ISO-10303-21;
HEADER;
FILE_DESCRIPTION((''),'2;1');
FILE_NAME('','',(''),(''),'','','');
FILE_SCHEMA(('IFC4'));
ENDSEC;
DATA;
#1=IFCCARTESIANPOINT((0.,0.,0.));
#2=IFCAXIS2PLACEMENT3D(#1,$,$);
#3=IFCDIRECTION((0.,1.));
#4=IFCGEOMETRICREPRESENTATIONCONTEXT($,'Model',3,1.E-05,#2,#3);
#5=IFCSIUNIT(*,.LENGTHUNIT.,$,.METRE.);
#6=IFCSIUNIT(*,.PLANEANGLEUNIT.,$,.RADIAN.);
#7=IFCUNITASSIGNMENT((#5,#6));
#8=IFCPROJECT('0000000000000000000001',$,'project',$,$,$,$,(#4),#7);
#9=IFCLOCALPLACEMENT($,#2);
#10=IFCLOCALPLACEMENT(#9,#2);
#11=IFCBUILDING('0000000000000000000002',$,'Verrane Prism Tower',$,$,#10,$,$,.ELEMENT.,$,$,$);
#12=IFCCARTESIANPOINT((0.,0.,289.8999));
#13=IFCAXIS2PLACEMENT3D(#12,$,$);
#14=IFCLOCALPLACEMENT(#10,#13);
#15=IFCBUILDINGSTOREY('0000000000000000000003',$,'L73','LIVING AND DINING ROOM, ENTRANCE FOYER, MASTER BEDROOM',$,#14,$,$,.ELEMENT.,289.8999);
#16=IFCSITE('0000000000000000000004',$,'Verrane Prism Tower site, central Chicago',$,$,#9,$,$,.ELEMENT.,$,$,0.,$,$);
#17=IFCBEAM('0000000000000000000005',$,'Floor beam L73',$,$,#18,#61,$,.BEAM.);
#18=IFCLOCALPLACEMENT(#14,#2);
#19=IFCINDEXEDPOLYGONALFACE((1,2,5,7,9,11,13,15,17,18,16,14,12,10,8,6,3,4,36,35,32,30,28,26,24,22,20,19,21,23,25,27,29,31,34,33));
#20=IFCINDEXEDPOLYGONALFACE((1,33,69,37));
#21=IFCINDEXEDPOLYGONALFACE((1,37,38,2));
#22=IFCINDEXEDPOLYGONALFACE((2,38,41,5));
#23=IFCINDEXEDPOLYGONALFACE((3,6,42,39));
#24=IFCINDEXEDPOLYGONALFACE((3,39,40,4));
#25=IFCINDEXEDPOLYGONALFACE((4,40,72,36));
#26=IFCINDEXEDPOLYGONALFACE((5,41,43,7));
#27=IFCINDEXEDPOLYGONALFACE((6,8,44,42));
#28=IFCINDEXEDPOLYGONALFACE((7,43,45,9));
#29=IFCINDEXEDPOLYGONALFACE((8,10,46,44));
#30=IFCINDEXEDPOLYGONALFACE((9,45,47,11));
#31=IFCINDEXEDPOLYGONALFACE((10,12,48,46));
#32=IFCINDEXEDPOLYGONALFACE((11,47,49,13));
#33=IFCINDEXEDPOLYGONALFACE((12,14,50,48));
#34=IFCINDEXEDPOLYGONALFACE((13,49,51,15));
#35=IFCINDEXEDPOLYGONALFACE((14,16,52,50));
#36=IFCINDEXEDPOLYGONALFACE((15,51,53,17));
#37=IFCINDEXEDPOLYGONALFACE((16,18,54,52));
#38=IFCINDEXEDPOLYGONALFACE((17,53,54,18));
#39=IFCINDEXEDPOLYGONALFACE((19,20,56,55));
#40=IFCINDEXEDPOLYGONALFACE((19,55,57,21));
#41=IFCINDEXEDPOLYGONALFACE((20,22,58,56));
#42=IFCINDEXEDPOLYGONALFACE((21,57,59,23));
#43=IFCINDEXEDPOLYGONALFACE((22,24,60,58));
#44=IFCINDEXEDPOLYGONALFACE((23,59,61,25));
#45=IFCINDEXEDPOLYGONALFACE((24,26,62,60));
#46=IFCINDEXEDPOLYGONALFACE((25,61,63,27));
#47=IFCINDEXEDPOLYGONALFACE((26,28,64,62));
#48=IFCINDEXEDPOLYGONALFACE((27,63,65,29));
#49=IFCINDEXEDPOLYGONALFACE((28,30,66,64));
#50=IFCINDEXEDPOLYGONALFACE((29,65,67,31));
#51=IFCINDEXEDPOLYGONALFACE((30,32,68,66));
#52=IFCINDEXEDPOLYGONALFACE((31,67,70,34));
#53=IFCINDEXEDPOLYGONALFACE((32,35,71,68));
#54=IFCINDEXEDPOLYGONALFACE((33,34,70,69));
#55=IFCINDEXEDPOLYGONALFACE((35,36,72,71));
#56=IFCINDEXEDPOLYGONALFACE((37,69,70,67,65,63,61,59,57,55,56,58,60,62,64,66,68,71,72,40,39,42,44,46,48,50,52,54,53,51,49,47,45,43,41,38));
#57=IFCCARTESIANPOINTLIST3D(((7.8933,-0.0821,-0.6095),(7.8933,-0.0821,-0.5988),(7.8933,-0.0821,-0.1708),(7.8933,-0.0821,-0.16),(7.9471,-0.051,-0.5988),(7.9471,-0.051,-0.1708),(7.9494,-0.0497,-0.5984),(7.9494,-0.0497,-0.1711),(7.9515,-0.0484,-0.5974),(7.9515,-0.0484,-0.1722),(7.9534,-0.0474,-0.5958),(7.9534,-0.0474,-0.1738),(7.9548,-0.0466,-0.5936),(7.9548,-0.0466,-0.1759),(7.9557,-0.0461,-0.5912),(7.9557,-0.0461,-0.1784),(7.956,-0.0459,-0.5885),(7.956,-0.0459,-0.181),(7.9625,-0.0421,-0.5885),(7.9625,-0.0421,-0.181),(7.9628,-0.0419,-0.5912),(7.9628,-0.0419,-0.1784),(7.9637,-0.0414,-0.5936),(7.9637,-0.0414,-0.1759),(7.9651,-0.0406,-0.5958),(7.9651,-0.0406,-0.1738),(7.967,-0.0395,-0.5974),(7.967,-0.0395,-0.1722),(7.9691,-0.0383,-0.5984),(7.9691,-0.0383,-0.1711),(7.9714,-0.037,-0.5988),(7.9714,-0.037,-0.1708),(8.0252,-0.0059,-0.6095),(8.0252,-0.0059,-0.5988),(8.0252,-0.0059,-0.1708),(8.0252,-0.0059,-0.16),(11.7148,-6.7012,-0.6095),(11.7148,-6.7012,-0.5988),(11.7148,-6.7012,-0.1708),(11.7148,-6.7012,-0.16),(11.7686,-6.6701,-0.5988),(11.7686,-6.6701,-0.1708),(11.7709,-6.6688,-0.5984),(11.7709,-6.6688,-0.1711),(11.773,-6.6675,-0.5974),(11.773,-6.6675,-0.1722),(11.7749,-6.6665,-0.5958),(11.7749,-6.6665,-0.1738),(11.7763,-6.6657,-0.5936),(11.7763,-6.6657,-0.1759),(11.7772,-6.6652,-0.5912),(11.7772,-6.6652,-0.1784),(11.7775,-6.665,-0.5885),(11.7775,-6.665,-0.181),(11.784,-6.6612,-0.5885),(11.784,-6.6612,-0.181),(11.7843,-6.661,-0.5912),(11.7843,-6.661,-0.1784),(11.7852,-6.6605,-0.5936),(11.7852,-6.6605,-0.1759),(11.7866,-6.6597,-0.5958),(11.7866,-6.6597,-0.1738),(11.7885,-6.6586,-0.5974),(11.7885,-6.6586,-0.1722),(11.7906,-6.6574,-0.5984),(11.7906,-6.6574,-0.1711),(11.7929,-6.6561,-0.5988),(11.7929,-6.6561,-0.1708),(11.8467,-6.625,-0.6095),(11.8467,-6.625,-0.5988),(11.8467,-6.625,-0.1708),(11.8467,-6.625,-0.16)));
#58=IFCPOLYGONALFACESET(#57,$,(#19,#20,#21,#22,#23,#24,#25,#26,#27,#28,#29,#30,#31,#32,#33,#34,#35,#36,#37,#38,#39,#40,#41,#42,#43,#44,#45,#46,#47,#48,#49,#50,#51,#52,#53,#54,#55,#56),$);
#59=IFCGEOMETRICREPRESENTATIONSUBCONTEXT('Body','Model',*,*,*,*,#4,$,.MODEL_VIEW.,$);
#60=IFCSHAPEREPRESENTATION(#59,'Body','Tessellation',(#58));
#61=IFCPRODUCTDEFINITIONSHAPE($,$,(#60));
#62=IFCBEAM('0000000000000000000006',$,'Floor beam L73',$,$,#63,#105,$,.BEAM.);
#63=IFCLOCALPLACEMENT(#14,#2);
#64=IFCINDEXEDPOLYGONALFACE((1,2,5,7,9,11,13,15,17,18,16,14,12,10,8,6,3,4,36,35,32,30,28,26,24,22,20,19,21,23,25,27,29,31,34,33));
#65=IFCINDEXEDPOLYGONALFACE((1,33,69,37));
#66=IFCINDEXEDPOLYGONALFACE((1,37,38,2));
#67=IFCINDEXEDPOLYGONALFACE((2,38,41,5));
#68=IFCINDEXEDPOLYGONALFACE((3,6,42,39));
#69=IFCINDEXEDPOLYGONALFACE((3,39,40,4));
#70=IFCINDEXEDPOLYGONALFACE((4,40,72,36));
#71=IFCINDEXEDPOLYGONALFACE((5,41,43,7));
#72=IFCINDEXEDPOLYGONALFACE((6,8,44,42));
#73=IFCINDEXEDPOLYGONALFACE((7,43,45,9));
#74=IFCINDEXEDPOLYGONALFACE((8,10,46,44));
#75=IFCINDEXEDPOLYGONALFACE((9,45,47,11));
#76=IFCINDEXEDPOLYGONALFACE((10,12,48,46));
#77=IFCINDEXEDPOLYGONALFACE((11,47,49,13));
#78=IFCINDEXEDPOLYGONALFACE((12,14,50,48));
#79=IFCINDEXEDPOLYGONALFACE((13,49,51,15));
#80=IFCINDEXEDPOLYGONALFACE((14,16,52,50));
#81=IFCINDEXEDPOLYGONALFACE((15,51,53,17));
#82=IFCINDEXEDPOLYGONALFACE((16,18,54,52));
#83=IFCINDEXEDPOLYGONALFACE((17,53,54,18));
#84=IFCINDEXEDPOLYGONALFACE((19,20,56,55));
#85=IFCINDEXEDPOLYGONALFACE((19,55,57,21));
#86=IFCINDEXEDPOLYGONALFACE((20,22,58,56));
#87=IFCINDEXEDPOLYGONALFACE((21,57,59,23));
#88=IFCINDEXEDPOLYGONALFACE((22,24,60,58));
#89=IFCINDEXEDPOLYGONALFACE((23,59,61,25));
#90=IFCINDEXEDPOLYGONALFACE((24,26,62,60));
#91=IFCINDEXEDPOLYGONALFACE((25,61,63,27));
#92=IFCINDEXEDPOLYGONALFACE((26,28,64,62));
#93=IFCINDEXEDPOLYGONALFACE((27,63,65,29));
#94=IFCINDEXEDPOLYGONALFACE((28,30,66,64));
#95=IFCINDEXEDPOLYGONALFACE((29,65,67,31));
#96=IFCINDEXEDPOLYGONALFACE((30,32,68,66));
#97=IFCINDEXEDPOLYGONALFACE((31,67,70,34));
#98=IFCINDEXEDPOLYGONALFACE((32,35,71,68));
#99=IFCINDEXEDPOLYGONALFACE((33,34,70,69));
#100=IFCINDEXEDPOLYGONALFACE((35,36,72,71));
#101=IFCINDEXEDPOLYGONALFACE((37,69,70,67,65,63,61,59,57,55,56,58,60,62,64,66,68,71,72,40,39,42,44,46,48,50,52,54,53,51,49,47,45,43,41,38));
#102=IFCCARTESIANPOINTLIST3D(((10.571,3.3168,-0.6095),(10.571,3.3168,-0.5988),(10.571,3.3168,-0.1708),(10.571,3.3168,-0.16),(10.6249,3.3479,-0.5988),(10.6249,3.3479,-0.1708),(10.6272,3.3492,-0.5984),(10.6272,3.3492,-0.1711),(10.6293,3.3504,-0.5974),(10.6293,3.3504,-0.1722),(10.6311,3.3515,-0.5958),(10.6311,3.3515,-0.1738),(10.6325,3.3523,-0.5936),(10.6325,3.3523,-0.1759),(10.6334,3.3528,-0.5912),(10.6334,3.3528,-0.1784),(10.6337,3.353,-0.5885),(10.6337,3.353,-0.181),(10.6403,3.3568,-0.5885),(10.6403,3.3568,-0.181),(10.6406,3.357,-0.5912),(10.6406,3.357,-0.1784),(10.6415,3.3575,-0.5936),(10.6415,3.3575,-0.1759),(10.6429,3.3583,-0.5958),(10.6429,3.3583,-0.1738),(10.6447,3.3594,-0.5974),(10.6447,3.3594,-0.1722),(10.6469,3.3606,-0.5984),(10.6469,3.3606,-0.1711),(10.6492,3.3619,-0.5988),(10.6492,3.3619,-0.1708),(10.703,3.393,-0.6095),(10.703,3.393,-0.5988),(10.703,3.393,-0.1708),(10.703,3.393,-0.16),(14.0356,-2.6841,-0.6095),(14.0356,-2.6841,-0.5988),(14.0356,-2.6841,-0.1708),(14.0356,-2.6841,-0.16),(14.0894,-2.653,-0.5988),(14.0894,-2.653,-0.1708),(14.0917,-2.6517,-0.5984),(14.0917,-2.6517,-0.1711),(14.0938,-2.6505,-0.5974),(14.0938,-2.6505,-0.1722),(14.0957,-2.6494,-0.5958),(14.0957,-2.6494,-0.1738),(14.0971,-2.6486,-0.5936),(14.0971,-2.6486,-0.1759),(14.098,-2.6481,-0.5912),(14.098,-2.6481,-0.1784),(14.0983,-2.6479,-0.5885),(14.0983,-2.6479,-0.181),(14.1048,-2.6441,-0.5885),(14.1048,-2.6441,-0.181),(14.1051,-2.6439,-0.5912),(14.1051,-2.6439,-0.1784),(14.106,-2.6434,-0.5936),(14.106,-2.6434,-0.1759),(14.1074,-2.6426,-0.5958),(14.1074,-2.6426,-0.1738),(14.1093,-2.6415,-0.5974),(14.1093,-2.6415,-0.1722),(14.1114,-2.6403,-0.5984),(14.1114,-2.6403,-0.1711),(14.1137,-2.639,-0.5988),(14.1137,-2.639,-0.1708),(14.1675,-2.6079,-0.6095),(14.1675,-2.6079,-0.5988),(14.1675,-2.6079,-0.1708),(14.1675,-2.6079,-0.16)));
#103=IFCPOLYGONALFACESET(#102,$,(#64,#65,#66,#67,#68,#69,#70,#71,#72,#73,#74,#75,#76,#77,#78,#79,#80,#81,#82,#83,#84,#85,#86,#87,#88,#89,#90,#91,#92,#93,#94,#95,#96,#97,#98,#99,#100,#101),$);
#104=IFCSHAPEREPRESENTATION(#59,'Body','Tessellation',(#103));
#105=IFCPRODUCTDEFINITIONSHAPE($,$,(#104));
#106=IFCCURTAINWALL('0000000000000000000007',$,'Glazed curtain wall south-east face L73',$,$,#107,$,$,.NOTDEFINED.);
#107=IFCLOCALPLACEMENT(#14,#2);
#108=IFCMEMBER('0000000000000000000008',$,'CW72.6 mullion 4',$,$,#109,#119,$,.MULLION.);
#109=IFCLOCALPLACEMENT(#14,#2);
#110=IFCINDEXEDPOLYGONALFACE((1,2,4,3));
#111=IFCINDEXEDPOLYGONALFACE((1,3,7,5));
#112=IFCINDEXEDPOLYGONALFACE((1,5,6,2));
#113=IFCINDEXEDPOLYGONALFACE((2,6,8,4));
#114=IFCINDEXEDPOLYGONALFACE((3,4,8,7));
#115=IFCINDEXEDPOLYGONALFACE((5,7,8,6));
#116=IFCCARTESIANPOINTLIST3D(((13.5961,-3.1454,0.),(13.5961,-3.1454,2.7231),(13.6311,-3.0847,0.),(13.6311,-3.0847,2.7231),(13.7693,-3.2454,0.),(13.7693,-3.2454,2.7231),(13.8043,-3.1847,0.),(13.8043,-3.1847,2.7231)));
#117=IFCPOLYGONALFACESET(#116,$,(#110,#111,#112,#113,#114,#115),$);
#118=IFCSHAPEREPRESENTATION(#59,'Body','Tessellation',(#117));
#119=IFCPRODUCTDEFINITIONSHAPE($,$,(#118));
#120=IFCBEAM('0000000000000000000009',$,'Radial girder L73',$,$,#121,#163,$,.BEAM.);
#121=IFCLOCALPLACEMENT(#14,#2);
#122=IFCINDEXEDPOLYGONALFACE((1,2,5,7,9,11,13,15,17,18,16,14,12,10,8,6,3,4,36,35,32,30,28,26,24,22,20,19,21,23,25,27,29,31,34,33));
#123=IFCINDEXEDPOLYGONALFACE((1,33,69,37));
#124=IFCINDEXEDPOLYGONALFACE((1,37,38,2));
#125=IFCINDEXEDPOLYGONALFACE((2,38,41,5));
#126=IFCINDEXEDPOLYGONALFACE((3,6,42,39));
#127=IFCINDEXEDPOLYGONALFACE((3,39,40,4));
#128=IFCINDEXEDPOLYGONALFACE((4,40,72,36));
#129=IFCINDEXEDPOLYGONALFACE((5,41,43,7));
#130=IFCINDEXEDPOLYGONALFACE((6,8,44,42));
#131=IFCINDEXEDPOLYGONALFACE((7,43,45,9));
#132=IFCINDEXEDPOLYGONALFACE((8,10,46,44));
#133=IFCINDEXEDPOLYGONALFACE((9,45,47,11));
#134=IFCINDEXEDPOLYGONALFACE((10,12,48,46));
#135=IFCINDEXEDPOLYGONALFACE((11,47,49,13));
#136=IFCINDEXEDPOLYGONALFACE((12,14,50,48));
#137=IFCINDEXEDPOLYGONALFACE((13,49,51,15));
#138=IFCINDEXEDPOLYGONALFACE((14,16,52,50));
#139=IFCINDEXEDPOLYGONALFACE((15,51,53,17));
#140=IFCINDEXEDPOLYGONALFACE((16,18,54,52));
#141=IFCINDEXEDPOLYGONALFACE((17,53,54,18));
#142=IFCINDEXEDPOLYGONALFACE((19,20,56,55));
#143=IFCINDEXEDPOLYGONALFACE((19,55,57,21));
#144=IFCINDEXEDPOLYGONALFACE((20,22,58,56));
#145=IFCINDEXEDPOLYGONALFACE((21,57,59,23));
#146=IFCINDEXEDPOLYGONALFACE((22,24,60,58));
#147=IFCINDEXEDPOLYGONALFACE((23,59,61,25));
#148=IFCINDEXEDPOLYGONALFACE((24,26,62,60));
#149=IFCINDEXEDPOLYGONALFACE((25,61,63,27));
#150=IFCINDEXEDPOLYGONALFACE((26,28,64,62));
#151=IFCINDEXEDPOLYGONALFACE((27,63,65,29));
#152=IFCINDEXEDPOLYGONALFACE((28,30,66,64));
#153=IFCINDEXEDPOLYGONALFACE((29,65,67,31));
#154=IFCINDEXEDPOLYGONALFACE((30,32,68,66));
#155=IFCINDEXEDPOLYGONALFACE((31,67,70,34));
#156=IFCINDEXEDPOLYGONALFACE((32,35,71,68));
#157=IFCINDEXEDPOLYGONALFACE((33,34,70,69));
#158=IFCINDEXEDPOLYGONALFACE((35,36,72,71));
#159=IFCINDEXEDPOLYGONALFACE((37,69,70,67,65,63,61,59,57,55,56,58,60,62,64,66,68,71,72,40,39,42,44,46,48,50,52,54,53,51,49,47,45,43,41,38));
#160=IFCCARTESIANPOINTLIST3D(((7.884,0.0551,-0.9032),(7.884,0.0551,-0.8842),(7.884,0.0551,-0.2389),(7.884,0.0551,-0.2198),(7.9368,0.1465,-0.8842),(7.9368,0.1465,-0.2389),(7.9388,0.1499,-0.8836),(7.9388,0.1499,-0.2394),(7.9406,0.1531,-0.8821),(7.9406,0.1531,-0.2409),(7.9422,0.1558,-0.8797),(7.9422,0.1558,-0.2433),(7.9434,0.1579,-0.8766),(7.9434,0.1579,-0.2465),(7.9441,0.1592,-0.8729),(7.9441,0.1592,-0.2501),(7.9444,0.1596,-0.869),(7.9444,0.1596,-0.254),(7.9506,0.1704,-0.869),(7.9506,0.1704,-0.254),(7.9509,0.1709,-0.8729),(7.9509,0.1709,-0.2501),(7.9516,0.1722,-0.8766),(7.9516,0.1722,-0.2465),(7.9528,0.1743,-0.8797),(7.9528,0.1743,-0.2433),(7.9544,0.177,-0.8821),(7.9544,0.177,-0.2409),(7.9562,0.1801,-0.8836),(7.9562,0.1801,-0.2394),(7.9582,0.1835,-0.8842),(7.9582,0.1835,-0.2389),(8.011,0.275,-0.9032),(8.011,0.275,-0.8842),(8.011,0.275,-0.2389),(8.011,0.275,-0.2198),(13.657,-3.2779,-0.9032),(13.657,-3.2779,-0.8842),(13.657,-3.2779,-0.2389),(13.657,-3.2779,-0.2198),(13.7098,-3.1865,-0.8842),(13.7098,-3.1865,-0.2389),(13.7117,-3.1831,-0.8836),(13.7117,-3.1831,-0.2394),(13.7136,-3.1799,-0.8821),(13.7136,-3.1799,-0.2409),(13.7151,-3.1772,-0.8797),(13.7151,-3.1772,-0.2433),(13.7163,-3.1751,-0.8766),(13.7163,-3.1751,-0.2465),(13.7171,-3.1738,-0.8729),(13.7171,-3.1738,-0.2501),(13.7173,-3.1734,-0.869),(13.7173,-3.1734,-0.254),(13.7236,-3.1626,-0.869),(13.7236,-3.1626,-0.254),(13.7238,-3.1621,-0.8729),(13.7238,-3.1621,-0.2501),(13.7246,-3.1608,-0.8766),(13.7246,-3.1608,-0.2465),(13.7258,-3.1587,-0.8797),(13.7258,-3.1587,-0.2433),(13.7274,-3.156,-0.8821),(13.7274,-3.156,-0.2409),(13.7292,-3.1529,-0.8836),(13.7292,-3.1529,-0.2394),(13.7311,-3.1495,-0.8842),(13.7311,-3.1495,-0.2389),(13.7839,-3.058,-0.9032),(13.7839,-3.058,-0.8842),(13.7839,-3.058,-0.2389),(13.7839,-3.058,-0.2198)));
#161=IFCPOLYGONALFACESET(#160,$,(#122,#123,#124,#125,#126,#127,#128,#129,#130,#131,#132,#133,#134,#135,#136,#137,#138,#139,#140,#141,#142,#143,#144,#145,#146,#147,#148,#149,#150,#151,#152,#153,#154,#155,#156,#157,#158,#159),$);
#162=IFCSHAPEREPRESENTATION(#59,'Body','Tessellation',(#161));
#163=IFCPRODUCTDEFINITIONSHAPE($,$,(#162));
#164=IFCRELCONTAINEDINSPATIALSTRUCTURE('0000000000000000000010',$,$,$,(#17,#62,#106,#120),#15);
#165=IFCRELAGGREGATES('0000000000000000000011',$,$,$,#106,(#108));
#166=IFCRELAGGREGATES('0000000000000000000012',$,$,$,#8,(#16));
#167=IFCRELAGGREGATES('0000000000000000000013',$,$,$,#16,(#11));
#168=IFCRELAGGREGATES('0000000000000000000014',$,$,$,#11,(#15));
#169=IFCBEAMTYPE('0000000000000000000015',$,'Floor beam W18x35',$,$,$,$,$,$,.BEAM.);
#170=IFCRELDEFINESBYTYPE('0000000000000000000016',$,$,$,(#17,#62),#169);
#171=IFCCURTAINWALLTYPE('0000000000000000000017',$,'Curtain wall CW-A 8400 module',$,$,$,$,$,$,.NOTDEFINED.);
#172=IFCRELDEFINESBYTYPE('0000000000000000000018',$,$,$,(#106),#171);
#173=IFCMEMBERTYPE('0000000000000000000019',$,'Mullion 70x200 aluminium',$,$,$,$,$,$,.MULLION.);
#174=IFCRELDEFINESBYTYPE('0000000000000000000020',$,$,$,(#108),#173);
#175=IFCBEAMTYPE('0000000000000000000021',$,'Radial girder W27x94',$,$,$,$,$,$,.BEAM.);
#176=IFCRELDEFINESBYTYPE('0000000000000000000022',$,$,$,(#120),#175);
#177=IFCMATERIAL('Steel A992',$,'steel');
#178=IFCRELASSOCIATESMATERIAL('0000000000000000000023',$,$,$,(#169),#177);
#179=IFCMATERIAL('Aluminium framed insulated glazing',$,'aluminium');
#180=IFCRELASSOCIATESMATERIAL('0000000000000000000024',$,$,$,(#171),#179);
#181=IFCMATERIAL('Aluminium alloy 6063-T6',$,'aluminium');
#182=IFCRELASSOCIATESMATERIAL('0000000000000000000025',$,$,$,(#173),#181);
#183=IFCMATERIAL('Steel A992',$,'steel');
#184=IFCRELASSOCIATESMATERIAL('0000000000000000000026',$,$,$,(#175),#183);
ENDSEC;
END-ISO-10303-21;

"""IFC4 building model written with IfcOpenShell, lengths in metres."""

from ifc_helpers import new_model, si_unit, direction, frame, origin, origin_2d, place, context, subcontext, project, spatial, rectangle, i_section, extrude, material, material_profile, profile_set, type_object, element, aggregate, save


model = new_model("IFC4")

# Units and contexts
model_context = context("Model", 3, precision=1e-05, world=origin(), true_north=direction((0.0, 1.0)))
body_context = subcontext(model_context, "Body", "Model", "MODEL_VIEW")
ifc_project = project(units=[si_unit("LENGTHUNIT", "METRE"), si_unit("PLANEANGLEUNIT", "RADIAN")], contexts=[model_context])

# Site, building, storey
site_placement = place(None, origin())
site = spatial("IfcSite", under=ifc_project, at=site_placement, Name="Verrane Prism Tower site, central Chicago", CompositionType="ELEMENT", RefElevation=0.0)
building_placement = place(site_placement, origin())
building = spatial("IfcBuilding", under=site, at=building_placement, Name="Verrane Prism Tower", CompositionType="ELEMENT")
storey_placement = place(building_placement, frame((0.0, 0.0, 289.8999)))
storey = spatial("IfcBuildingStorey", under=building, at=storey_placement, Name="L73", Description="LIVING AND DINING ROOM, ENTRANCE FOYER, MASTER BEDROOM", CompositionType="ELEMENT", Elevation=289.8999)

# Beams
ifc_material_1 = material(Name="Steel A992", Category="steel")
ifc_material_profile_1 = material_profile(ifc_material_1, i_section(OverallWidth=0.1523, OverallDepth=0.4495, WebThickness=0.0076, FlangeThickness=0.0107, FilletRadius=0.0103, at=origin_2d()), Name="W18x35")
ifc_profile_set_1 = profile_set([ifc_material_profile_1], Name="Steel A992")
beam_type_1 = type_object("IfcBeamType", Name="Floor beam W18x35", PredefinedType="BEAM", material=ifc_profile_set_1)
beam_1_placement = place(storey_placement, frame((11.7808, -6.6631, -0.3848), z_axis=(-0.499997, 0.866027, 0.0), x_axis=(-0.866027, -0.499997, 0.0)))
element("IfcBeam", 1, at=beam_1_placement, inside=storey, type_object=beam_type_1, Name="Floor beam L73", PredefinedType="BEAM", context=body_context, shape_type="SweptSolid", body=[
    extrude(i_section(OverallWidth=0.1523, OverallDepth=0.4495, WebThickness=0.0076, FlangeThickness=0.0107, FilletRadius=0.0103, at=origin_2d()), origin(), (0.0, 0.0, 1.0), 7.6431),
])
beam_2_placement = place(storey_placement, frame((14.1016, -2.646, -0.3848), z_axis=(-0.499993, 0.86603, 0.0), x_axis=(-0.86603, -0.499993, 0.0)))
element("IfcBeam", 2, at=beam_2_placement, inside=storey, type_object=beam_type_1, Name="Floor beam L73", PredefinedType="BEAM", context=body_context, shape_type="SweptSolid", body=[
    extrude(i_section(OverallWidth=0.1523, OverallDepth=0.4495, WebThickness=0.0076, FlangeThickness=0.0107, FilletRadius=0.0103, at=origin_2d()), origin(), (0.0, 0.0, 1.0), 6.9292),
])

# Curtain wall, member
ifc_material_2 = material(Name="Aluminium framed insulated glazing", Category="aluminium")
curtain_wall_type = type_object("IfcCurtainWallType", Name="Curtain wall CW-A 8400 module", PredefinedType="NOTDEFINED", material=ifc_material_2)
curtain_wall_placement = place(storey_placement, origin())
curtain_wall = element("IfcCurtainWall", 3, at=curtain_wall_placement, inside=storey, type_object=curtain_wall_type, Name="Glazed curtain wall south-east face L73", PredefinedType="NOTDEFINED")
ifc_material_3 = material(Name="Aluminium alloy 6063-T6", Category="aluminium")
ifc_material_profile_2 = material_profile(ifc_material_3, rectangle(XDim=0.2, YDim=0.0701, at=origin_2d()), Name="Mullion 70x200 aluminium")
ifc_profile_set_2 = profile_set([ifc_material_profile_2], Name="Aluminium alloy 6063-T6")
member_type_1 = type_object("IfcMemberType", Name="Mullion 70x200 aluminium", PredefinedType="MULLION", material=ifc_profile_set_2)
member_1_placement = place(storey_placement, frame((13.7002, -3.165, 0.0), z_axis=(0.0, 0.0, 1.0), x_axis=(-0.866025, 0.500001, 0.0)))
member_1 = element("IfcMember", 4, at=member_1_placement, type_object=member_type_1, Name="CW72.6 mullion 4", PredefinedType="MULLION", context=body_context, shape_type="SweptSolid", body=[
    extrude(rectangle(XDim=0.2, YDim=0.0701, at=origin_2d()), origin(), (0.0, 0.0, 1.0), 2.7231),
])

# Beam
ifc_material_4 = material(Name="Steel A992", Category="steel")
ifc_material_profile_3 = material_profile(ifc_material_4, i_section(OverallWidth=0.2539, OverallDepth=0.6833, WebThickness=0.0125, FlangeThickness=0.019, FilletRadius=0.0151, at=origin_2d()), Name="W27x94")
ifc_profile_set_3 = profile_set([ifc_material_profile_3], Name="Steel A992")
beam_type_2 = type_object("IfcBeamType", Name="Radial girder W27x94", PredefinedType="BEAM", material=ifc_profile_set_3)
beam_3_placement = place(storey_placement, frame((13.7205, -3.168, -0.5615), z_axis=(-0.866026, 0.499999, 0.0), x_axis=(-0.499999, -0.866026, 0.0)))
element("IfcBeam", 5, at=beam_3_placement, inside=storey, type_object=beam_type_2, Name="Radial girder L73", PredefinedType="BEAM", context=body_context, shape_type="SweptSolid", body=[
    extrude(i_section(OverallWidth=0.2539, OverallDepth=0.6833, WebThickness=0.0125, FlangeThickness=0.019, FilletRadius=0.0151, at=origin_2d()), origin(), (0.0, 0.0, 1.0), 6.666),
])

aggregate(curtain_wall, [member_1])

save(model, "model.ifc")
